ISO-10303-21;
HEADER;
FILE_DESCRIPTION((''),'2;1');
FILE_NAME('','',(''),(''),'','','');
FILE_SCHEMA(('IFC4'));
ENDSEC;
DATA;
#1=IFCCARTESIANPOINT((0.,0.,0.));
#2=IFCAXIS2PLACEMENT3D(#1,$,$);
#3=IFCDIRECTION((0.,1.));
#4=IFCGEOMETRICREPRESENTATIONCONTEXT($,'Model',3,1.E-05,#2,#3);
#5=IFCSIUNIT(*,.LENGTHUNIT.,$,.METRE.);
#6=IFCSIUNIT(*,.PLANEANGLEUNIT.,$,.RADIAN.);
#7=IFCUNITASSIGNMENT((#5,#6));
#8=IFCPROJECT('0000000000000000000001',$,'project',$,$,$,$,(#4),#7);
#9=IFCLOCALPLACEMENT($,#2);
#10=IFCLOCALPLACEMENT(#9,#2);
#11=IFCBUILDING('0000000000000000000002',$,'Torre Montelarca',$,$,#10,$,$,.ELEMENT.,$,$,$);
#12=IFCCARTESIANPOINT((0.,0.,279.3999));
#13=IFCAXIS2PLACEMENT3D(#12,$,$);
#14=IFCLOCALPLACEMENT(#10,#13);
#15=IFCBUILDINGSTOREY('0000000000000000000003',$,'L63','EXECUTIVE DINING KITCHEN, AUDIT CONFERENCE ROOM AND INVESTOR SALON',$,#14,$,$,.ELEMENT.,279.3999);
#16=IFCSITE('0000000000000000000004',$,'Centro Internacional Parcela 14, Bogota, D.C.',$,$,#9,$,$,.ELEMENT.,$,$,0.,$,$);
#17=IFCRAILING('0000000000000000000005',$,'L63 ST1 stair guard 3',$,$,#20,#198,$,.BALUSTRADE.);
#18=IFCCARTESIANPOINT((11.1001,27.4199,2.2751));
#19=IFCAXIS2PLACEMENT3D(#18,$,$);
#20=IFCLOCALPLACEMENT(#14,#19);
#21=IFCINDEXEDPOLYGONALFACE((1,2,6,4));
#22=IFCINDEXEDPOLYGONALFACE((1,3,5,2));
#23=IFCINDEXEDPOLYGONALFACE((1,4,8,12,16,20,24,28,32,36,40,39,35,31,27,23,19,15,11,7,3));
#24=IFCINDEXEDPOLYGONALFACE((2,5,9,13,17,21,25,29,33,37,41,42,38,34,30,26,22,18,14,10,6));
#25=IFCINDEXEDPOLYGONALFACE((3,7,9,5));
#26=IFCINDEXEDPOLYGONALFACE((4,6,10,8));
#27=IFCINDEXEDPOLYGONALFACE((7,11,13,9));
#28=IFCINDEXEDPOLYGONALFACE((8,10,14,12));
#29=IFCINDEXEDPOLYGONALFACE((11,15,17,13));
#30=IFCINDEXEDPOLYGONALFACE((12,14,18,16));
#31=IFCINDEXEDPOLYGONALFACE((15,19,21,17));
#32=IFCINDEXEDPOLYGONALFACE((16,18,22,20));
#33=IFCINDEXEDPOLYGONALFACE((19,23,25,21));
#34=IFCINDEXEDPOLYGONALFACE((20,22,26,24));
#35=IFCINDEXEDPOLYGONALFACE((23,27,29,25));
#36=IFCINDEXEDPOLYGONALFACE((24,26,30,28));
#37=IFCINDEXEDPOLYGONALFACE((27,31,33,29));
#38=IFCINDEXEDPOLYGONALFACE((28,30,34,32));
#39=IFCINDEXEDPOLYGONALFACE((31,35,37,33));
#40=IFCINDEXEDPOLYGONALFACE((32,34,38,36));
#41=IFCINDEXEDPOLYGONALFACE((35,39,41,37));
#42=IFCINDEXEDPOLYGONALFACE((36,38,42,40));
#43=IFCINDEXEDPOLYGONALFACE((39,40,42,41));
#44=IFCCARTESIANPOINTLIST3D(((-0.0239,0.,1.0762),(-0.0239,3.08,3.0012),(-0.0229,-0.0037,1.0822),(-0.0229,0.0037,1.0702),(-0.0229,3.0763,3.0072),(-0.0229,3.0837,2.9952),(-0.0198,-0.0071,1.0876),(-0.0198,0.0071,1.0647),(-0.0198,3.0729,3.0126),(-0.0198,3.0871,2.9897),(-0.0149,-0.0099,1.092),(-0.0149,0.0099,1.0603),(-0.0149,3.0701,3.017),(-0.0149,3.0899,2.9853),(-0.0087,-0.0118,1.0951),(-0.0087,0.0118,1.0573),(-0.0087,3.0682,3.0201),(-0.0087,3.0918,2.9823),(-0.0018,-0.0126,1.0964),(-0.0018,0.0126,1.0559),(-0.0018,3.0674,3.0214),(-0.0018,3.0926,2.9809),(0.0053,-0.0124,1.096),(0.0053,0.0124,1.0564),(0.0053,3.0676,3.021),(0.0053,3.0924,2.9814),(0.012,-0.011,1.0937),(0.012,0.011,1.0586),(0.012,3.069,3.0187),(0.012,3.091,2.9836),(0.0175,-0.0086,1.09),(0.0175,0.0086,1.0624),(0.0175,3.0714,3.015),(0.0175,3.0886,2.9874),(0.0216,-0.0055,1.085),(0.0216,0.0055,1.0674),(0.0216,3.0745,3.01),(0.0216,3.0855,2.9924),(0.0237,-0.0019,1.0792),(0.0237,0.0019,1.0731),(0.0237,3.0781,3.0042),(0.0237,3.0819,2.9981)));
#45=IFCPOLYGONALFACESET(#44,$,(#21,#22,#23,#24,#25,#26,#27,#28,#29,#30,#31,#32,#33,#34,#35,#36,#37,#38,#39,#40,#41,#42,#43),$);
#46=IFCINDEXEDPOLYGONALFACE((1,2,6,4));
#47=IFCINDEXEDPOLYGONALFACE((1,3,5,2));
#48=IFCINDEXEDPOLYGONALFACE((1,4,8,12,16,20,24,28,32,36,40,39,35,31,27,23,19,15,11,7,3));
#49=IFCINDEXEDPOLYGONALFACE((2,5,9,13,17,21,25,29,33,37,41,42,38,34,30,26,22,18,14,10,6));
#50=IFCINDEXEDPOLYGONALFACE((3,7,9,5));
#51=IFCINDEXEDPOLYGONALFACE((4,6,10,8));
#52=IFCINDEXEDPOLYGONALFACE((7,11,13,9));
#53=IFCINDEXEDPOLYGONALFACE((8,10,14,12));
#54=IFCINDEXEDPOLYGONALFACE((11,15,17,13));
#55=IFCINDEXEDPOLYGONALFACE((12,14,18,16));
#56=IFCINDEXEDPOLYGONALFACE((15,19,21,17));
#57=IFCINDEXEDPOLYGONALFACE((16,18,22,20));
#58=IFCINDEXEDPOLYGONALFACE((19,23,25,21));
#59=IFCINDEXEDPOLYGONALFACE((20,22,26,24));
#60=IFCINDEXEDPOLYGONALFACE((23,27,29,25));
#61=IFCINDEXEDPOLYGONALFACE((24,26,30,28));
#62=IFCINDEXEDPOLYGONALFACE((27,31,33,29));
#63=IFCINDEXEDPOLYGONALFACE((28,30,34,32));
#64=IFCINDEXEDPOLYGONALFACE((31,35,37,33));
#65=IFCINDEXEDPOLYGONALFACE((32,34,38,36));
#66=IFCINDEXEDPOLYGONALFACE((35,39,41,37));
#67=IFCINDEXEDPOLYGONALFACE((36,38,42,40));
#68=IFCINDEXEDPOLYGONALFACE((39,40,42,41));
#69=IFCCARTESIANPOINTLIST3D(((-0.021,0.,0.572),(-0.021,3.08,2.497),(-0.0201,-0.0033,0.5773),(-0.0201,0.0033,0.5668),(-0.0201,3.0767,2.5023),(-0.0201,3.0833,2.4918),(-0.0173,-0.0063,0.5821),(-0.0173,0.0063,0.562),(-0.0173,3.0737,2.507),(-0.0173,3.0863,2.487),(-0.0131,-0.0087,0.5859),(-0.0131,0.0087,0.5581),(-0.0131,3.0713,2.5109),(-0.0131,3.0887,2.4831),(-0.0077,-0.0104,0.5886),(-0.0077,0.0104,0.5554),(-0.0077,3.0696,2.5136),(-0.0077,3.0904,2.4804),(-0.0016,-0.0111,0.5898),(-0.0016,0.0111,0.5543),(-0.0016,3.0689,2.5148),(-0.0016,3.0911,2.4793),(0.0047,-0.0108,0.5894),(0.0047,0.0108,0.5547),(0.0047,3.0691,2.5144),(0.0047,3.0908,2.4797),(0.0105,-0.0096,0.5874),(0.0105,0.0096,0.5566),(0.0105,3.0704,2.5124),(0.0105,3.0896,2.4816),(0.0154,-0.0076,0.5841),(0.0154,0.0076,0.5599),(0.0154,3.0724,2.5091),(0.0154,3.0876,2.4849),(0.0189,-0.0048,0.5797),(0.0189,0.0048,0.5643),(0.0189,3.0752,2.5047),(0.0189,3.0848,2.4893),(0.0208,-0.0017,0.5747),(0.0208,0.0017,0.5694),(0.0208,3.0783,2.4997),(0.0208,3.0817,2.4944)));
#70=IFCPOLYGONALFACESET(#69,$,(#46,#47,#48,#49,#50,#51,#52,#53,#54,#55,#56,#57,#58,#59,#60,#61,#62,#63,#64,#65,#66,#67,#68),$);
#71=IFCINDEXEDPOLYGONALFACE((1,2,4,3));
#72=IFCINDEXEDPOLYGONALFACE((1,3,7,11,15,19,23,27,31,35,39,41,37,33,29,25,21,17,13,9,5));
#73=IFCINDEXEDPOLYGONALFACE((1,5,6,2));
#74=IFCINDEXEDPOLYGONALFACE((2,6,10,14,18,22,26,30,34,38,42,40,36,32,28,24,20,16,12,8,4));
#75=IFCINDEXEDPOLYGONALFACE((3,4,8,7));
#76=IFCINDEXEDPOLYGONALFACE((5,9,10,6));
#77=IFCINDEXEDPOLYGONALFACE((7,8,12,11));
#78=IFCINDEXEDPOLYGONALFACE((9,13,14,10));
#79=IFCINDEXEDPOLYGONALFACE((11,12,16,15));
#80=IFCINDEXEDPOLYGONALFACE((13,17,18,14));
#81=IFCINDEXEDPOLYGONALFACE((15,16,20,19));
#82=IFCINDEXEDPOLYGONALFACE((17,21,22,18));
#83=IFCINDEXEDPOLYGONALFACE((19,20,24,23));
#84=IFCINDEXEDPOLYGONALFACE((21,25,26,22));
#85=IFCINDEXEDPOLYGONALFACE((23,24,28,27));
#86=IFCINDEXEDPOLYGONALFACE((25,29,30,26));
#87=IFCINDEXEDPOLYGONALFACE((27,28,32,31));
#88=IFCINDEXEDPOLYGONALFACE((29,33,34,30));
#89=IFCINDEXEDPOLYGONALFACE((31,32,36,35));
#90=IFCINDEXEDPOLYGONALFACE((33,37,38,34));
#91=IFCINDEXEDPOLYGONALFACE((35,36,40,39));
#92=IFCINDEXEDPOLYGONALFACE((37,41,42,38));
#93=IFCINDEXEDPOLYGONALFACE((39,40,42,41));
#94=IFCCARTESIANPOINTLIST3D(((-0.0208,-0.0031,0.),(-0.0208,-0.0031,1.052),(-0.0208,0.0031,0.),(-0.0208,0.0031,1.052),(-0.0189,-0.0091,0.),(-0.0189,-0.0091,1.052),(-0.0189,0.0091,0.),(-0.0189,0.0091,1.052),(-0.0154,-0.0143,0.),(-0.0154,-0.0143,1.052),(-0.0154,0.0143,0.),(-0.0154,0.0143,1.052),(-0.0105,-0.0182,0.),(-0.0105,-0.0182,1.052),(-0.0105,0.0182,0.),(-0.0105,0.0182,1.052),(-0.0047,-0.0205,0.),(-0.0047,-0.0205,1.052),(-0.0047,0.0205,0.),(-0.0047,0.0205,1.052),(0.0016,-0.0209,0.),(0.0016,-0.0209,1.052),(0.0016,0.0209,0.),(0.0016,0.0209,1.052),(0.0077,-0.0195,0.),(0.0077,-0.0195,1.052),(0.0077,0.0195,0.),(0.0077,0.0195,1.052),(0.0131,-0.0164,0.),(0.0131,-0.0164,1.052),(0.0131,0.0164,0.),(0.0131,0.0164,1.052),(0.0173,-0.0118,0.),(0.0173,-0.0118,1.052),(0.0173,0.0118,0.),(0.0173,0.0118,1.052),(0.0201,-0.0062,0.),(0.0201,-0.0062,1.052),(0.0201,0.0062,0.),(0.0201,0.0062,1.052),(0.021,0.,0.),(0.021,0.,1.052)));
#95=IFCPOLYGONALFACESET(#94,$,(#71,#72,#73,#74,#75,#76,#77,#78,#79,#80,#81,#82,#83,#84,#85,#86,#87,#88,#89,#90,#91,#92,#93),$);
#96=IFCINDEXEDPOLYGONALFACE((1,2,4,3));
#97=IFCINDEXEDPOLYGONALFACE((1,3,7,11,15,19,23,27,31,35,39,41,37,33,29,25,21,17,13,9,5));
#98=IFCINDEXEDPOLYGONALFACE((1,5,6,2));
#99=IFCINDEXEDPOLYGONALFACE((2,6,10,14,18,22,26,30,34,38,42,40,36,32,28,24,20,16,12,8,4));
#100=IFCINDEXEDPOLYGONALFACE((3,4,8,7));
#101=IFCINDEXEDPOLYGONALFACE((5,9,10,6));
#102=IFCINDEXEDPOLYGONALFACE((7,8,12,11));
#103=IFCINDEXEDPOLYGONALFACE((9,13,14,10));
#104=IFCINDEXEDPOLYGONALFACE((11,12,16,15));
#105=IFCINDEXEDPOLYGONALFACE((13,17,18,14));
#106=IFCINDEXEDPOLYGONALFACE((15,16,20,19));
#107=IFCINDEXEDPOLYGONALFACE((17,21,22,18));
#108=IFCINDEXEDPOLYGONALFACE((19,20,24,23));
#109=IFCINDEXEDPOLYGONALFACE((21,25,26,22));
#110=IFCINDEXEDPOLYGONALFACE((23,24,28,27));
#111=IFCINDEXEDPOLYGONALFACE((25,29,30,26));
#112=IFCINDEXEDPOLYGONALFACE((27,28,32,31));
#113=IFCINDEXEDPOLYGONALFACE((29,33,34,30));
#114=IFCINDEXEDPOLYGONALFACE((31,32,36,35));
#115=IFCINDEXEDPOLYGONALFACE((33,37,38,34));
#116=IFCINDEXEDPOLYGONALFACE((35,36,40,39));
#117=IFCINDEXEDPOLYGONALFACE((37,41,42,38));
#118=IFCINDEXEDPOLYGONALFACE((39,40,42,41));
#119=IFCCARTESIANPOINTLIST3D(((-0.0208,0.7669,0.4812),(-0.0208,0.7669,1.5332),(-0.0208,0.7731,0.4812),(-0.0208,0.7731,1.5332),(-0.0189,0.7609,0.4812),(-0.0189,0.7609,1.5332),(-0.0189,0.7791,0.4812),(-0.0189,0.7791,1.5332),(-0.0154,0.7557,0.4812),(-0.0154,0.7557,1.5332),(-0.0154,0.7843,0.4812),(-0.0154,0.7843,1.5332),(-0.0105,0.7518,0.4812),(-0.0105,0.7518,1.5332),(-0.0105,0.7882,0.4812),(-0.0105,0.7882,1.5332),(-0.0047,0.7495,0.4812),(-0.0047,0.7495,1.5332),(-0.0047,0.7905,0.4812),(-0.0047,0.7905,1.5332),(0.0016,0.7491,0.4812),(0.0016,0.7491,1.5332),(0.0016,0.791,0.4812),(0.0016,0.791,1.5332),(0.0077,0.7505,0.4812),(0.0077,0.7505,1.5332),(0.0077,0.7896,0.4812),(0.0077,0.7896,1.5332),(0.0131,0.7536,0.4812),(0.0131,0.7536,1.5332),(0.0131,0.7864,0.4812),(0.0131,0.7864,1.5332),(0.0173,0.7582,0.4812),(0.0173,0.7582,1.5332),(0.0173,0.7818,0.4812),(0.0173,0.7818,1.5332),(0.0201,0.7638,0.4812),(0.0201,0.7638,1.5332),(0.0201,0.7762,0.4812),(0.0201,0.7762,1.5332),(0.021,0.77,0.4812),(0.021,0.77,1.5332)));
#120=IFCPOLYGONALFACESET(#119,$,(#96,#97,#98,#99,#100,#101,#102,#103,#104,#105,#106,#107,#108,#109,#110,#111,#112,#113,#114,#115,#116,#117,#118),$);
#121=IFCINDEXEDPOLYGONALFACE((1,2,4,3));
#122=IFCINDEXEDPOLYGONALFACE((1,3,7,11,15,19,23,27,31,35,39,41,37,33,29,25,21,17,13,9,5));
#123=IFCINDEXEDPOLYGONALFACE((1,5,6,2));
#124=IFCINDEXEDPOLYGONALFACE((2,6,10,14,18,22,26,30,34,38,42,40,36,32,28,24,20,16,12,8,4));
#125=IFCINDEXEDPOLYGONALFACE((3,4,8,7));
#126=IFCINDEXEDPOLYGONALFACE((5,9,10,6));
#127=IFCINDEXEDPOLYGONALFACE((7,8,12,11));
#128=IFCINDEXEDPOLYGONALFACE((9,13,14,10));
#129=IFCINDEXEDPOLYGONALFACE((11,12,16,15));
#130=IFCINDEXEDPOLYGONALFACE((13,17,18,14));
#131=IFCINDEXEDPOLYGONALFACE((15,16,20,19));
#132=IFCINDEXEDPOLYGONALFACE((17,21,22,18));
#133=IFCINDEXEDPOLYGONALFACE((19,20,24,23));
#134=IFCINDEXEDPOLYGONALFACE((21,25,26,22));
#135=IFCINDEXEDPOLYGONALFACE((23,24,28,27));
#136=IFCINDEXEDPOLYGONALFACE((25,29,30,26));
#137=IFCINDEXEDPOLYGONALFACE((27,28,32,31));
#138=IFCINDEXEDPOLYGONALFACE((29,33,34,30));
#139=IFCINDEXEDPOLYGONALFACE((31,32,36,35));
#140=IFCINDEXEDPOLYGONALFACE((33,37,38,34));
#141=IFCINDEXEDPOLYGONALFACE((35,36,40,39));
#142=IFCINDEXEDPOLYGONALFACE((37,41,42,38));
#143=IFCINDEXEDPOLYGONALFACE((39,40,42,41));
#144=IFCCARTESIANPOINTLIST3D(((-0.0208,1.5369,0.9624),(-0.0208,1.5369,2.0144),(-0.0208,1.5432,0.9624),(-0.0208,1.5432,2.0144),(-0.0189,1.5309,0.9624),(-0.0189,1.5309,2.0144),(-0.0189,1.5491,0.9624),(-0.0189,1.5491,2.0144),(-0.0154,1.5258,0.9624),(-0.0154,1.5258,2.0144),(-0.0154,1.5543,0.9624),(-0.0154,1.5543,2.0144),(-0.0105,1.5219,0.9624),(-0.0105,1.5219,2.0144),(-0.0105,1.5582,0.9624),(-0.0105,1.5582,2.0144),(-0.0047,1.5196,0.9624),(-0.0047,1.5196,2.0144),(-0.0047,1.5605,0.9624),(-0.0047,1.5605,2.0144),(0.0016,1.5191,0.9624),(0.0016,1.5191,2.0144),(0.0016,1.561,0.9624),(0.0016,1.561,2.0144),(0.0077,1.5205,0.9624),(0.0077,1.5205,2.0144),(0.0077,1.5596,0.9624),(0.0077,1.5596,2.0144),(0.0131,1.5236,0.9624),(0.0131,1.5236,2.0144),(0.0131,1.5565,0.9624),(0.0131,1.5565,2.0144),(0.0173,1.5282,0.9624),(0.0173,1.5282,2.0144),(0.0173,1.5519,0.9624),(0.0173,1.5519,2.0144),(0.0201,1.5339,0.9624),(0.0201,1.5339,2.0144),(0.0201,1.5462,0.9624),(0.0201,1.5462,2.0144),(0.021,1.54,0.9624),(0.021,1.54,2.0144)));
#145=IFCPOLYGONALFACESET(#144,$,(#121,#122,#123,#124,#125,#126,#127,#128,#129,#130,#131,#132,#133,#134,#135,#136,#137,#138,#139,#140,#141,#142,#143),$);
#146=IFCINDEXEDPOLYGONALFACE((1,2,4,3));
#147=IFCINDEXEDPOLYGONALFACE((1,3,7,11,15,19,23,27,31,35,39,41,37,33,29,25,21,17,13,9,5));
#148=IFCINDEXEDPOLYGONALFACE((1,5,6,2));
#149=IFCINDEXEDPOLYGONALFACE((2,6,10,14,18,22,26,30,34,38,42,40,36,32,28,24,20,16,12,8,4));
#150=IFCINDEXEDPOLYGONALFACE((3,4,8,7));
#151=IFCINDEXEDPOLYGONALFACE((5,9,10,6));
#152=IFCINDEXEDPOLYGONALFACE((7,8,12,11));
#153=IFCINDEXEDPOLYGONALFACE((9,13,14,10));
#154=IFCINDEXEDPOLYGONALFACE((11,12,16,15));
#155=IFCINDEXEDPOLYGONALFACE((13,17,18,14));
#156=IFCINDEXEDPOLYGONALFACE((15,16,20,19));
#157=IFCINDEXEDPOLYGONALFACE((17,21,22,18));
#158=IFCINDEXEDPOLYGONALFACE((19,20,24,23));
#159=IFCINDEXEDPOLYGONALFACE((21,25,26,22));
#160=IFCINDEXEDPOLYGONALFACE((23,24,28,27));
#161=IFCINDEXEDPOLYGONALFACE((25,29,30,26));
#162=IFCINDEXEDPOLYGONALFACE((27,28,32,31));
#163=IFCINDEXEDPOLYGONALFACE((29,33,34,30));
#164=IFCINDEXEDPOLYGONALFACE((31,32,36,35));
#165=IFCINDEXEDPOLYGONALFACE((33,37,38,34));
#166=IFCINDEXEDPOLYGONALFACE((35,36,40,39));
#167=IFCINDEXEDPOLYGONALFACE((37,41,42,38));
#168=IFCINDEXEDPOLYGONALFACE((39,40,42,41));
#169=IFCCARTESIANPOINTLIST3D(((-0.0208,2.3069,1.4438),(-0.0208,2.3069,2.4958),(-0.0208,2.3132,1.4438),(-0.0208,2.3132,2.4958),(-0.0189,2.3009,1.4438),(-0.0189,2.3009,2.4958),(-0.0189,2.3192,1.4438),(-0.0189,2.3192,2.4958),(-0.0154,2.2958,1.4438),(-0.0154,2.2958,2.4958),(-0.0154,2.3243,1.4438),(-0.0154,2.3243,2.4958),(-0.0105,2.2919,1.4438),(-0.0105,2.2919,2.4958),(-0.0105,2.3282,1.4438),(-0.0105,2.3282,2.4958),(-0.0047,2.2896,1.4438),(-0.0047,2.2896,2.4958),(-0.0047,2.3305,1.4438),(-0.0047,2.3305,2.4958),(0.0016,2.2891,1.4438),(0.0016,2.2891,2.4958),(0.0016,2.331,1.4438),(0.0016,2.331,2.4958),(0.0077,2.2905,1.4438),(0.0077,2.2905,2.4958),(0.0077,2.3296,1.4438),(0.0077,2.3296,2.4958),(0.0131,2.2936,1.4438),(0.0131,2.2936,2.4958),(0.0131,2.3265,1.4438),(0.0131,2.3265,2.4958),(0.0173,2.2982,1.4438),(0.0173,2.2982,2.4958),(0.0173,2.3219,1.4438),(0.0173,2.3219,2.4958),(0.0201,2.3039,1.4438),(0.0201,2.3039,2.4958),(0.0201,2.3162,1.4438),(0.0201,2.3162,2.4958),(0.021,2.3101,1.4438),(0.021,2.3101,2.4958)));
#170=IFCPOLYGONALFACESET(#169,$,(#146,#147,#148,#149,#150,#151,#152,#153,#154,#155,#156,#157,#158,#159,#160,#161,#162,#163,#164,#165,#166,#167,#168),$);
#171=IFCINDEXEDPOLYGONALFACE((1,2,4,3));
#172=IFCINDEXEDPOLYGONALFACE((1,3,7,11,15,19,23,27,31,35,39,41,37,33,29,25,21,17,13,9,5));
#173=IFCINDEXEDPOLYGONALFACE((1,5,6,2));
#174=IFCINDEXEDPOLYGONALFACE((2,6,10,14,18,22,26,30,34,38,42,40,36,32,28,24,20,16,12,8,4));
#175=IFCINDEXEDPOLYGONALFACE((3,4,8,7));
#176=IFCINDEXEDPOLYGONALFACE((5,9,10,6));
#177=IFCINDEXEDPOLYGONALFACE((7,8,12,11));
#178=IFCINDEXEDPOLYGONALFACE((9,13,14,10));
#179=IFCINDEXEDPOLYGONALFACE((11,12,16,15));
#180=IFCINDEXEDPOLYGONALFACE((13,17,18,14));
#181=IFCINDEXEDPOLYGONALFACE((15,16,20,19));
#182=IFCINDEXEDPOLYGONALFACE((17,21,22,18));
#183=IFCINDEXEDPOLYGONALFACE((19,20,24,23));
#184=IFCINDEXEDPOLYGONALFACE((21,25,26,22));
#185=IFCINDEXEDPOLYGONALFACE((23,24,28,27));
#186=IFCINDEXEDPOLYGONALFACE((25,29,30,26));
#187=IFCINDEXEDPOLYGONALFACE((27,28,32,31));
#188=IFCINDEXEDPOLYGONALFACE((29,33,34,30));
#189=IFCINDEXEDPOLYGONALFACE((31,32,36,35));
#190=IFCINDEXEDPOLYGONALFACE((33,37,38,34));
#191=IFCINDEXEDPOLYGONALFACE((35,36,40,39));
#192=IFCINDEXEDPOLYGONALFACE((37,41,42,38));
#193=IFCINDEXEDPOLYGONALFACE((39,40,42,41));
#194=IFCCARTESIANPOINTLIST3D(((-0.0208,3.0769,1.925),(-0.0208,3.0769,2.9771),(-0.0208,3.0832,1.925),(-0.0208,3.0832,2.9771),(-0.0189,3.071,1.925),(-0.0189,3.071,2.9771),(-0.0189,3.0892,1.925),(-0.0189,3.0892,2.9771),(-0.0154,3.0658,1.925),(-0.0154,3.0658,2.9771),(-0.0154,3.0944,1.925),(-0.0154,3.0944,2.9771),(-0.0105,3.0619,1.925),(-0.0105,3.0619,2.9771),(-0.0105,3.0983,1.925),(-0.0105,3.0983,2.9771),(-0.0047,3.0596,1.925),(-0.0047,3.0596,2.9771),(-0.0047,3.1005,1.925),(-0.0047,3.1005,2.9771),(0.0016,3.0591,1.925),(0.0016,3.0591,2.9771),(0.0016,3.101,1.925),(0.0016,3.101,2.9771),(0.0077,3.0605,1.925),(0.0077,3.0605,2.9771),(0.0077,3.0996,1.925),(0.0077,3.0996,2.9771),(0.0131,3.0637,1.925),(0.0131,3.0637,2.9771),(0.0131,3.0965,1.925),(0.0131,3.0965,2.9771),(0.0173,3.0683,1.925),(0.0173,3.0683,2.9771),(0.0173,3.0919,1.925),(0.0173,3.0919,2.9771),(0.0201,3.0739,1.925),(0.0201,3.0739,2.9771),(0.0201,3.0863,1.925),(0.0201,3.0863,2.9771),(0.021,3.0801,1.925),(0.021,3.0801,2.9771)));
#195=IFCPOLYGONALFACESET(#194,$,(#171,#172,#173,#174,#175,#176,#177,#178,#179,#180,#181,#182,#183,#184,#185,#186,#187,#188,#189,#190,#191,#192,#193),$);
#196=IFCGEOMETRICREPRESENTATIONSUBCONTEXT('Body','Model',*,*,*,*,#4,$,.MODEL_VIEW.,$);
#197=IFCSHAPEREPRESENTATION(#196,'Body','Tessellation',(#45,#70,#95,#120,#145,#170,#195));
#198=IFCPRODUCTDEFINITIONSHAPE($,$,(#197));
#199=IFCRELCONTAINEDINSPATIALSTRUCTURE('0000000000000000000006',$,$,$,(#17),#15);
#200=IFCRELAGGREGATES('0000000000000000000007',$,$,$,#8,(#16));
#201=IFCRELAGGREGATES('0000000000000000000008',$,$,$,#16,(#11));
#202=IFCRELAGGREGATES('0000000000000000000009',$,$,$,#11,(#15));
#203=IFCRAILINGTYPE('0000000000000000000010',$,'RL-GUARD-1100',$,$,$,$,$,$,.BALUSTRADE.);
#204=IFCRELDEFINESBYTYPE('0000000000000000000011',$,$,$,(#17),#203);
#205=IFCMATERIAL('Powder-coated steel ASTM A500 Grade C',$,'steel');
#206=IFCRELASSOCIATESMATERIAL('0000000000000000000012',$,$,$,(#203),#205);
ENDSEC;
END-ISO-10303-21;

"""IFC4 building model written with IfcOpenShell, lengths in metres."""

from ifc_helpers import new_model, si_unit, direction, frame, origin, origin_2d, place, context, subcontext, project, spatial, circle, extrude, material, type_object, element, save


model = new_model("IFC4")

# Units and contexts
model_context = context("Model", 3, precision=1e-05, world=origin(), true_north=direction((0.0, 1.0)))
body_context = subcontext(model_context, "Body", "Model", "MODEL_VIEW")
ifc_project = project(units=[si_unit("LENGTHUNIT", "METRE"), si_unit("PLANEANGLEUNIT", "RADIAN")], contexts=[model_context])

# Site, building, storey
site_placement = place(None, origin())
site = spatial("IfcSite", under=ifc_project, at=site_placement, Name="Centro Internacional Parcela 14, Bogota, D.C.", CompositionType="ELEMENT", RefElevation=0.0)
building_placement = place(site_placement, origin())
building = spatial("IfcBuilding", under=site, at=building_placement, Name="Torre Montelarca", CompositionType="ELEMENT")
storey_placement = place(building_placement, frame((0.0, 0.0, 279.3999)))
storey = spatial("IfcBuildingStorey", under=building, at=storey_placement, Name="L63", Description="EXECUTIVE DINING KITCHEN, AUDIT CONFERENCE ROOM AND INVESTOR SALON", CompositionType="ELEMENT", Elevation=279.3999)

# Railing
ifc_material_1 = material(Name="Powder-coated steel ASTM A500 Grade C", Category="steel")
railing_type_1 = type_object("IfcRailingType", Name="RL-GUARD-1100", PredefinedType="BALUSTRADE", material=ifc_material_1)
railing_1_placement = place(storey_placement, frame((11.1001, 27.4199, 2.2751)))
element("IfcRailing", 1, at=railing_1_placement, inside=storey, type_object=railing_type_1, Name="L63 ST1 stair guard 3", PredefinedType="BALUSTRADE", context=body_context, shape_type="SweptSolid", body=[
    extrude(circle(Radius=0.0239, at=origin_2d()), frame((0.0, 0.0, 1.0762), z_axis=(0.0, 0.847998, 0.529999), x_axis=(-1.0, 0.0, 0.0)), (0.0, 0.0, 1.0), 3.6321),
    extrude(circle(Radius=0.021, at=origin_2d()), frame((0.0, 0.0, 0.572), z_axis=(0.0, 0.847998, 0.529999), x_axis=(-1.0, 0.0, 0.0)), (0.0, 0.0, 1.0), 3.6321),
    extrude(circle(Radius=0.021, at=origin_2d()), origin(), (0.0, 0.0, 1.0), 1.052),
    extrude(circle(Radius=0.021, at=origin_2d()), frame((0.0, 0.77, 0.4812)), (0.0, 0.0, 1.0), 1.052),
    extrude(circle(Radius=0.021, at=origin_2d()), frame((0.0, 1.54, 0.9624)), (0.0, 0.0, 1.0), 1.052),
    extrude(circle(Radius=0.021, at=origin_2d()), frame((0.0, 2.3101, 1.4438)), (0.0, 0.0, 1.0), 1.052),
    extrude(circle(Radius=0.021, at=origin_2d()), frame((0.0, 3.0801, 1.925)), (0.0, 0.0, 1.0), 1.052),
])

save(model, "model.ifc")
